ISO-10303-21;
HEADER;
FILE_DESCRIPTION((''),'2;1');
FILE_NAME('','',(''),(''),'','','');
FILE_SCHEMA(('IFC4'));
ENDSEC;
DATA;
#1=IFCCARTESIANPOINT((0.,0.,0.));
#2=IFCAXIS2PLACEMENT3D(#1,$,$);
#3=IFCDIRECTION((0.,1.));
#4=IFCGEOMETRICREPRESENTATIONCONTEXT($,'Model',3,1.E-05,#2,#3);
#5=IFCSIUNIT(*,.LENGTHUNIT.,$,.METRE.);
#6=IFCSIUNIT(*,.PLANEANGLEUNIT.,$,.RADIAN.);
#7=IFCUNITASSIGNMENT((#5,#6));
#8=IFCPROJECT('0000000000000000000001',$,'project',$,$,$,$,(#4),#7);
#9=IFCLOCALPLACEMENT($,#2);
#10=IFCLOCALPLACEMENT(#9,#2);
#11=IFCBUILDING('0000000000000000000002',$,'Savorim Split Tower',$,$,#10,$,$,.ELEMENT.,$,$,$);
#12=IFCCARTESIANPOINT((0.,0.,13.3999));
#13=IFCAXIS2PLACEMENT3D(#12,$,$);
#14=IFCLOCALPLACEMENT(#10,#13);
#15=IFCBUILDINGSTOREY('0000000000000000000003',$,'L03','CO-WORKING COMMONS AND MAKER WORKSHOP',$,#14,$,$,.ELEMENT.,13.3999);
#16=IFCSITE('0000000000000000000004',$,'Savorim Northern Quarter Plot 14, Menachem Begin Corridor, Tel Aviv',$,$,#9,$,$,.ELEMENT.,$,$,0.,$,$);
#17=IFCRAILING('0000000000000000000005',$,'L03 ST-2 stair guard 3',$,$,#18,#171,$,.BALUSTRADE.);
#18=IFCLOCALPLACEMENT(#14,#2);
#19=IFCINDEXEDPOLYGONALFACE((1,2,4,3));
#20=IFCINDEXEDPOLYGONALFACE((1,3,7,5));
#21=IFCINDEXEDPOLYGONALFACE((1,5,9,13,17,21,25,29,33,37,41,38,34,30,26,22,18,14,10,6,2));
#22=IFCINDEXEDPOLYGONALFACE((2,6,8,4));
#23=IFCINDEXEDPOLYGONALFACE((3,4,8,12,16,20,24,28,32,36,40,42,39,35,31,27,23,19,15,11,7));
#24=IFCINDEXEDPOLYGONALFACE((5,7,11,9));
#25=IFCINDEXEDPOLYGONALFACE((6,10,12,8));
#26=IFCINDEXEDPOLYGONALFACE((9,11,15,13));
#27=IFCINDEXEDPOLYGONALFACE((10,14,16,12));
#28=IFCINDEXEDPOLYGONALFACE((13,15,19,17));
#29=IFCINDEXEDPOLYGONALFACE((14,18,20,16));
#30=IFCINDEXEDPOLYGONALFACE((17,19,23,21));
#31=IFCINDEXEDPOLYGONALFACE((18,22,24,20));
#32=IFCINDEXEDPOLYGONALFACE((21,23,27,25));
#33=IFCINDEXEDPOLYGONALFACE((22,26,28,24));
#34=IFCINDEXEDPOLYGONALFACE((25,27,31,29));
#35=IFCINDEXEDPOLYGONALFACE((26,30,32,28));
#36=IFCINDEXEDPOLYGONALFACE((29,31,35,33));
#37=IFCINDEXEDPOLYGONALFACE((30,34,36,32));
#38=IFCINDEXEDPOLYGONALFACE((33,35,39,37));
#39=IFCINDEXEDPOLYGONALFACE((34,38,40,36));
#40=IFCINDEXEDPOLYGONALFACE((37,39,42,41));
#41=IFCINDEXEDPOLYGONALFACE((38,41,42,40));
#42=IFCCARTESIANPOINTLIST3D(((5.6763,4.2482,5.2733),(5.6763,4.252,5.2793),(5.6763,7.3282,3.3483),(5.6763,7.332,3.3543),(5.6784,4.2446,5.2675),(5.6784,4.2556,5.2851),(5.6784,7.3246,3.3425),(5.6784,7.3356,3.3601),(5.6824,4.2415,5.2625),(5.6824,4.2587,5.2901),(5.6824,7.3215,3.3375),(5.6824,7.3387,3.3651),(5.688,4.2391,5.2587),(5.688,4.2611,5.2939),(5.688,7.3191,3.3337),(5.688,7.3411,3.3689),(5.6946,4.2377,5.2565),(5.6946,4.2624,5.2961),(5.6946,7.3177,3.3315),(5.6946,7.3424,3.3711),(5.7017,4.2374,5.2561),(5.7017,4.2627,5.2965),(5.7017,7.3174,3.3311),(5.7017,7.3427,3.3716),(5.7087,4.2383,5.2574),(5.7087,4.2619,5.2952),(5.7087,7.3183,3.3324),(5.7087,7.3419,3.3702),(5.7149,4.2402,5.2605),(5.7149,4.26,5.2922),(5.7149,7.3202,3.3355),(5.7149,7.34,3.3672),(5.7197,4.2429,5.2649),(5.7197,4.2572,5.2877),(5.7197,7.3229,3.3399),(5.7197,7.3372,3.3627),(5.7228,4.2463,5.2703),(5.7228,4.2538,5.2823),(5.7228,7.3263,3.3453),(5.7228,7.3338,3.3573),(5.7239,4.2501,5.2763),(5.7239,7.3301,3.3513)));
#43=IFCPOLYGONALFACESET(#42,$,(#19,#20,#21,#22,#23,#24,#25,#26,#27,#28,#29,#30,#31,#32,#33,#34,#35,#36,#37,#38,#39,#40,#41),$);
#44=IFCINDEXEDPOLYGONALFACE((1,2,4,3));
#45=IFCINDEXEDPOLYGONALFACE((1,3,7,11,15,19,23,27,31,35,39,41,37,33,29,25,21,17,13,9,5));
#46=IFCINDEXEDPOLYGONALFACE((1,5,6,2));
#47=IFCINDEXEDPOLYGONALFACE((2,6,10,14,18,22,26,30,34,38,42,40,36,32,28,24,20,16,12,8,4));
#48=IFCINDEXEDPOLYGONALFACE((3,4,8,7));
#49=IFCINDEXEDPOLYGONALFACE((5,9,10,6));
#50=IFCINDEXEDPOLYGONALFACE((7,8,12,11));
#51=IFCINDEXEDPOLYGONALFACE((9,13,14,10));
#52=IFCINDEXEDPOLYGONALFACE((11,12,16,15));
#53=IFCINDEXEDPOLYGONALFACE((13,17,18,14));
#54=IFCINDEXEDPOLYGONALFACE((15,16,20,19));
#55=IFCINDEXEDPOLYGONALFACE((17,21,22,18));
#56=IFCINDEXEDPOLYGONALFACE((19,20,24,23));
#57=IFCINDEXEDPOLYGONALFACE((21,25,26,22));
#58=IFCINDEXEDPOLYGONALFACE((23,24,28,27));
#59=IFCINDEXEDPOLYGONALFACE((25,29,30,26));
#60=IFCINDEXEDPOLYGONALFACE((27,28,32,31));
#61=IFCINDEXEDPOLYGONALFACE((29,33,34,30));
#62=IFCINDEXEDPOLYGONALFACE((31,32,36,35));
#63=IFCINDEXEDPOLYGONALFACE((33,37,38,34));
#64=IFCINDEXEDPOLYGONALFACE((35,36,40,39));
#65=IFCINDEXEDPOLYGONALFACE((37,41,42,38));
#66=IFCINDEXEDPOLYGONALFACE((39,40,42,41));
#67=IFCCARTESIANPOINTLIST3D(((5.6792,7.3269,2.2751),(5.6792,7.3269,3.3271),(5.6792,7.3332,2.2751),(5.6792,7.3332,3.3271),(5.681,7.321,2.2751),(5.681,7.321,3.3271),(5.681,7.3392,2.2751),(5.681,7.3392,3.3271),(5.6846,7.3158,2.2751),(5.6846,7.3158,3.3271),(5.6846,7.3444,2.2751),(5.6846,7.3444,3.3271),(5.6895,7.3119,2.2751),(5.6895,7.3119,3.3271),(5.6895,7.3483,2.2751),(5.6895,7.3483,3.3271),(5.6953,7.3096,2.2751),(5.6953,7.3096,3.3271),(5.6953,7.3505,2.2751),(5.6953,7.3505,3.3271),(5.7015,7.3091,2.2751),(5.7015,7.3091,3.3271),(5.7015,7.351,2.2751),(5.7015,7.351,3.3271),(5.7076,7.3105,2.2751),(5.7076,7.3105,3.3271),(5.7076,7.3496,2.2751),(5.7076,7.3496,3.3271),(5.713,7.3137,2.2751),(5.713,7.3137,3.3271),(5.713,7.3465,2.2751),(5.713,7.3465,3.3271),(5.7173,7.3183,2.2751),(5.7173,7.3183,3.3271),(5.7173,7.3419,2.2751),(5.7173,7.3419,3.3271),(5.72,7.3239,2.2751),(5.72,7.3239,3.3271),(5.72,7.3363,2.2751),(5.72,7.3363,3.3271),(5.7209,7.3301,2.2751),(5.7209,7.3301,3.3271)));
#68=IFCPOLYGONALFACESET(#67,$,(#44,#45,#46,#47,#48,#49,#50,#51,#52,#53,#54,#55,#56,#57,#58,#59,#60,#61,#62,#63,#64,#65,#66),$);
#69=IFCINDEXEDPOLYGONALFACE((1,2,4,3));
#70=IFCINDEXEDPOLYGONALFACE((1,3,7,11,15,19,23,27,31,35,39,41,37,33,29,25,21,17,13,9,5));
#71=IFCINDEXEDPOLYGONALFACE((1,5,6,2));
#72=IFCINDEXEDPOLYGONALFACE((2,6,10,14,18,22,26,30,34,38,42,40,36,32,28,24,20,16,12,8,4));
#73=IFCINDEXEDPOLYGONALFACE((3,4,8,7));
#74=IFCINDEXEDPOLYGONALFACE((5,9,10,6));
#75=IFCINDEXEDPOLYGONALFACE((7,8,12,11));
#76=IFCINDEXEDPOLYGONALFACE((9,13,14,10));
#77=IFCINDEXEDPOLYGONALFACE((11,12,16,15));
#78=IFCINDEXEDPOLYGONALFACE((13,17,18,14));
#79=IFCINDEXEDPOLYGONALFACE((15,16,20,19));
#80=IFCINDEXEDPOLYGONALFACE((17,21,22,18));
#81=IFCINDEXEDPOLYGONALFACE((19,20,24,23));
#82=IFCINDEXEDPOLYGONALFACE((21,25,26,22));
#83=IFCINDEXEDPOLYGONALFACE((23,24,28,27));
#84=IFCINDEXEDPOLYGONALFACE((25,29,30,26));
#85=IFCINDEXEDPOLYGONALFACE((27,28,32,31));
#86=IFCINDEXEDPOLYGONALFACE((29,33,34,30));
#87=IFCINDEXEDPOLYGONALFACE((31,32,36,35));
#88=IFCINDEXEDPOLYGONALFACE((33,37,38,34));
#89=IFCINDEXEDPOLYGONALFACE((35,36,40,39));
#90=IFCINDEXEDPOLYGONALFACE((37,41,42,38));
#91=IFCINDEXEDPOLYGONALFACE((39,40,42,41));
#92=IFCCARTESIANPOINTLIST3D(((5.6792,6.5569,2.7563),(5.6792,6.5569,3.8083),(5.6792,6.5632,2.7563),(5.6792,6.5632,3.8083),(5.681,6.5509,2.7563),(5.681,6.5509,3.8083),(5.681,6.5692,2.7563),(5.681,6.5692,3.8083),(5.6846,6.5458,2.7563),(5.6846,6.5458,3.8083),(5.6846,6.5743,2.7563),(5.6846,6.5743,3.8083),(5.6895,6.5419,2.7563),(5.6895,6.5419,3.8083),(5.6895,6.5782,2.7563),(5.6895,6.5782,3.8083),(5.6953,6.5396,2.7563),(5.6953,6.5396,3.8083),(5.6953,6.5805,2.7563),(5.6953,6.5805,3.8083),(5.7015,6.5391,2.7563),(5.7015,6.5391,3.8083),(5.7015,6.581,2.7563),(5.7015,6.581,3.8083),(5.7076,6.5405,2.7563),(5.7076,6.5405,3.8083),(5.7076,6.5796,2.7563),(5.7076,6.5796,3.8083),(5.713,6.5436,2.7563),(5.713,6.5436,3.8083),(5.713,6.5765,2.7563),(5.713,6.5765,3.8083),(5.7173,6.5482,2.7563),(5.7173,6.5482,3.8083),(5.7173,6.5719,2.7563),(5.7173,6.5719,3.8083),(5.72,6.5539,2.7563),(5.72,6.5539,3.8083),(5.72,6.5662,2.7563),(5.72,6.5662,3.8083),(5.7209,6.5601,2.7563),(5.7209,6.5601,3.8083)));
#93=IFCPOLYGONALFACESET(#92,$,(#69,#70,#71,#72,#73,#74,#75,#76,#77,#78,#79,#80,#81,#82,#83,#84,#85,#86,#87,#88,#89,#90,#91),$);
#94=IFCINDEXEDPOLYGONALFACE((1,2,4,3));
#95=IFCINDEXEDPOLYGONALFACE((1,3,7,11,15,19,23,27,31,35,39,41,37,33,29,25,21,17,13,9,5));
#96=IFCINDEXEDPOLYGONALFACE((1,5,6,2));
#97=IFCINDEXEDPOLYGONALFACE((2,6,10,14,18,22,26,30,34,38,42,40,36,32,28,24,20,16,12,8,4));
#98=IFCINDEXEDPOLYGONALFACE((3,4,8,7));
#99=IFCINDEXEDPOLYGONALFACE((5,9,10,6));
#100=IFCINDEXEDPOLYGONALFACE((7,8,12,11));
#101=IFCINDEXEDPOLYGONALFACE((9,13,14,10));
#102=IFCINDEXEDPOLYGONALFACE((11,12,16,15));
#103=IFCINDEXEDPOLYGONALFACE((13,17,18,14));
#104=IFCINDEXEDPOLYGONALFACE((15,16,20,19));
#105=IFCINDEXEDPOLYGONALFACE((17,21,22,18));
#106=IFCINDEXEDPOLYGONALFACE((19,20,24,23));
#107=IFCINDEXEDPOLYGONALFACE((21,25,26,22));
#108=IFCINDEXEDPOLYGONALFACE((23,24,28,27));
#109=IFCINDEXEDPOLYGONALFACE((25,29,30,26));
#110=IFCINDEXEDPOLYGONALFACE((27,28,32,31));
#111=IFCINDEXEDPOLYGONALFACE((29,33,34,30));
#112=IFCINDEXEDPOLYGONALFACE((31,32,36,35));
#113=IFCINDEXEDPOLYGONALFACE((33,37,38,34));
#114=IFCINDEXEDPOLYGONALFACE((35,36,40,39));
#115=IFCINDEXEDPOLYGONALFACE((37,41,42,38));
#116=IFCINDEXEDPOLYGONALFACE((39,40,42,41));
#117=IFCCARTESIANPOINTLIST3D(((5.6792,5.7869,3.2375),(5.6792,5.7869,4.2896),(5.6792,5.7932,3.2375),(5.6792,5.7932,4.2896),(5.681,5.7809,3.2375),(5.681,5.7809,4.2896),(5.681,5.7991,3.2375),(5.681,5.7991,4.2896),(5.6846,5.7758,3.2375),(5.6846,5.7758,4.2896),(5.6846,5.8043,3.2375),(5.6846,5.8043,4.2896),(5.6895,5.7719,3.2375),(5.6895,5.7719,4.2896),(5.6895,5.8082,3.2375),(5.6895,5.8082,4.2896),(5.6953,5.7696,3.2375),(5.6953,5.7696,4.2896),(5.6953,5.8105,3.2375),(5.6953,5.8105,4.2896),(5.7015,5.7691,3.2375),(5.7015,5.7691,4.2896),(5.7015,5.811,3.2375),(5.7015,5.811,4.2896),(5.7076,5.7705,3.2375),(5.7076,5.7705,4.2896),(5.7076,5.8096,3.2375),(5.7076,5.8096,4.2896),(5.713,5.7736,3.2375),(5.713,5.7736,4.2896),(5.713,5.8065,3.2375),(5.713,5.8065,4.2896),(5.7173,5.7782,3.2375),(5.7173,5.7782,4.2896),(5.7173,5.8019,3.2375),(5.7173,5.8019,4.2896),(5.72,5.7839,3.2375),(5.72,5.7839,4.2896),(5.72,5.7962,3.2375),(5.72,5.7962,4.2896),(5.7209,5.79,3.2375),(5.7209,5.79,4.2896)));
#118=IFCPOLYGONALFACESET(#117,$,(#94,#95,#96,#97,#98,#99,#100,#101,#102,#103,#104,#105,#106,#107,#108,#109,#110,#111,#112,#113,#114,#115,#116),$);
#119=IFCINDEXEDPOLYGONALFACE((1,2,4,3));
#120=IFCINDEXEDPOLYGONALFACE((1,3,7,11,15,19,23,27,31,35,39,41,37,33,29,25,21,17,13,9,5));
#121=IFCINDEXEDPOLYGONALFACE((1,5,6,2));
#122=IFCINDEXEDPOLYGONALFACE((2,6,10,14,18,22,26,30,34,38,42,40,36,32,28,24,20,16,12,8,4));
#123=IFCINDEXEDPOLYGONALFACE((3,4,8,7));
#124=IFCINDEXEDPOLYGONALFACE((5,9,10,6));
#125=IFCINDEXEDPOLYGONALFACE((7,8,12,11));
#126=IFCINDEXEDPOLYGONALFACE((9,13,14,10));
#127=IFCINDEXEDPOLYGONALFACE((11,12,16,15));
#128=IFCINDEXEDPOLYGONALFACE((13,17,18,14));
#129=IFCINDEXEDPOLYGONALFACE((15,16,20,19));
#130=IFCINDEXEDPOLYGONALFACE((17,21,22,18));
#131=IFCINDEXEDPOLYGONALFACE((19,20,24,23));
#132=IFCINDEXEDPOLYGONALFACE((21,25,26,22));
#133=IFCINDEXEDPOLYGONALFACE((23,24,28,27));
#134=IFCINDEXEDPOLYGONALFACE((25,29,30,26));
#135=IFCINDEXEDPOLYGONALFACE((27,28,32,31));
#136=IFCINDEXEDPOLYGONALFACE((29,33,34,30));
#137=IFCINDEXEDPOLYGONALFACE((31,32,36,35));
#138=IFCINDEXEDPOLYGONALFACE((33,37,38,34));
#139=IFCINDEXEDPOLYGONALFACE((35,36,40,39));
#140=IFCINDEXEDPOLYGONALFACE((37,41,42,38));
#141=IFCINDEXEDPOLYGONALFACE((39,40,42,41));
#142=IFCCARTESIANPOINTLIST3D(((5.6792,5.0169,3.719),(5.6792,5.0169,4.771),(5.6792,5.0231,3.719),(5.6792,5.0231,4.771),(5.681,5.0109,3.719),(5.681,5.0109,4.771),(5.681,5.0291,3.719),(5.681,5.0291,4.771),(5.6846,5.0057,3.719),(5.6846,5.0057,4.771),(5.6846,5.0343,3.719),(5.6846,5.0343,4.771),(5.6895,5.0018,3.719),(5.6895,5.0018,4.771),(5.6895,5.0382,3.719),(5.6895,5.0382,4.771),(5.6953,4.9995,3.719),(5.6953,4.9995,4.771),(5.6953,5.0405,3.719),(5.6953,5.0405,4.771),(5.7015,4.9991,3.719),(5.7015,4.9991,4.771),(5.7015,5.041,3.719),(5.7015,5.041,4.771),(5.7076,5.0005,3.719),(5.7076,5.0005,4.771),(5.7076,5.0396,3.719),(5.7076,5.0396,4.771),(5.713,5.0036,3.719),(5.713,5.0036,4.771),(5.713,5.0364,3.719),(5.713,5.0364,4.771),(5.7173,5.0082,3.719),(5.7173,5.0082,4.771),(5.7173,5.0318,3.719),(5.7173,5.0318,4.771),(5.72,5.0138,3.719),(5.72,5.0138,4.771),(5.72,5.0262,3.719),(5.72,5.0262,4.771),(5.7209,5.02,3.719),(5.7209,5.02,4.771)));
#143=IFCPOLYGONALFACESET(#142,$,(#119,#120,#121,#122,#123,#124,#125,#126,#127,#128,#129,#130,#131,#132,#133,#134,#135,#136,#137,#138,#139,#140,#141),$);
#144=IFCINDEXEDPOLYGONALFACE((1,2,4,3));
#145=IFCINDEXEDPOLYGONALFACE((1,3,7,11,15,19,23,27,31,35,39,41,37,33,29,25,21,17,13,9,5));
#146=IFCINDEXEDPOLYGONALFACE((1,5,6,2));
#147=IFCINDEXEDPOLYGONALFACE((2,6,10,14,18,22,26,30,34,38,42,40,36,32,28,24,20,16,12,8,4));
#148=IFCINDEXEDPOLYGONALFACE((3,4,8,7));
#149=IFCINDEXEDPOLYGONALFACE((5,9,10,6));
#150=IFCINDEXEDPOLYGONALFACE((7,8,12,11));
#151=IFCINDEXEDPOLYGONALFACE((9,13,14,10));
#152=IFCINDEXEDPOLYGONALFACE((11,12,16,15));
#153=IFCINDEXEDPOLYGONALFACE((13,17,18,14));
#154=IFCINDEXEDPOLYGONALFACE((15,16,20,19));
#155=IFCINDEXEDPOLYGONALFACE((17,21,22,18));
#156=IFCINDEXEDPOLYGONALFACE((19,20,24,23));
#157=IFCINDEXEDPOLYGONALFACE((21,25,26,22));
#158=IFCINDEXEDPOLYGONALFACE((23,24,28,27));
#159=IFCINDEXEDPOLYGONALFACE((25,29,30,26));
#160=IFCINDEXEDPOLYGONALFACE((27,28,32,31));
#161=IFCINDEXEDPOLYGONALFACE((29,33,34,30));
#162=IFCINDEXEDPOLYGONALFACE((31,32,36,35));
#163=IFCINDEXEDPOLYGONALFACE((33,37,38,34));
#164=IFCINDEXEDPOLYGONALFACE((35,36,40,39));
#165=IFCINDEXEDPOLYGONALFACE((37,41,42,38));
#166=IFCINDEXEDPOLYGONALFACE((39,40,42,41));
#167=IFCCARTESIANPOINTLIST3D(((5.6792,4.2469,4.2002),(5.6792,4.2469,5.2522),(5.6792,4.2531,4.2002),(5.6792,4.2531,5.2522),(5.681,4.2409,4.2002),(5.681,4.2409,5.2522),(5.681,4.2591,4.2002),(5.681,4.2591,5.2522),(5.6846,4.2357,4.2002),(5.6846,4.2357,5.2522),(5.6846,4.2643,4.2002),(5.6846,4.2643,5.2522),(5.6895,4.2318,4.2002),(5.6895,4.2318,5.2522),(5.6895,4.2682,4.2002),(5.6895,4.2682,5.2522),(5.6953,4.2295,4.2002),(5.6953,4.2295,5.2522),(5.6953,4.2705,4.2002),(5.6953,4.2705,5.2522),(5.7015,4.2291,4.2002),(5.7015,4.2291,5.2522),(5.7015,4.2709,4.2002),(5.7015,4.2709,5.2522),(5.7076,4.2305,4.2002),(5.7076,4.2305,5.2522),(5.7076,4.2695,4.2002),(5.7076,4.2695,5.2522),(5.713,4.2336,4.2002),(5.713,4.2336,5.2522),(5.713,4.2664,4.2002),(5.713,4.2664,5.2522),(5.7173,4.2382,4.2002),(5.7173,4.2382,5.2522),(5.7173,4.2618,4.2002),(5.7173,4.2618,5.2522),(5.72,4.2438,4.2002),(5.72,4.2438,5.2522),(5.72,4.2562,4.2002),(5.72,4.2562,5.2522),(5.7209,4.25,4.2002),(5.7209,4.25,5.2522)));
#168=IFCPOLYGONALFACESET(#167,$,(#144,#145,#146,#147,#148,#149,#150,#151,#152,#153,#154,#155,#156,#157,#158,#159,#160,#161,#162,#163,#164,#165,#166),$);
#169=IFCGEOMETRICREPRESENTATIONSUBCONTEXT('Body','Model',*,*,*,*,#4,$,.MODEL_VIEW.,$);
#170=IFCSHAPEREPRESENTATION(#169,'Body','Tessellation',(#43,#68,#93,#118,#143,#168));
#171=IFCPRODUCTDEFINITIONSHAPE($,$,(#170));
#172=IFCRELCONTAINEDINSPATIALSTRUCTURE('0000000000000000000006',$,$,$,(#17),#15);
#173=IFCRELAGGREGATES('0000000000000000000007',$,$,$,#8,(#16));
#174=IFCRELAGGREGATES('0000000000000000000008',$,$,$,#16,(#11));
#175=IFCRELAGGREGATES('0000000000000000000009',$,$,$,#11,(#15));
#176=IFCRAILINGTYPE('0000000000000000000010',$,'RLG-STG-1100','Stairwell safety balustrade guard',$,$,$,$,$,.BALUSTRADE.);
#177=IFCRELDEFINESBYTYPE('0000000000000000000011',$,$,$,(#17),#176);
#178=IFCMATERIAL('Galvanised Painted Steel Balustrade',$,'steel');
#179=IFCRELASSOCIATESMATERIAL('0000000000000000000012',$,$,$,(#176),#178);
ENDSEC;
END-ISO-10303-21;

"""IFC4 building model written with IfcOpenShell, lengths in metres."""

from ifc_helpers import new_model, si_unit, direction, frame, origin, origin_2d, place, context, subcontext, project, spatial, circle, extrude, material, type_object, element, save


model = new_model("IFC4")

# Units and contexts
model_context = context("Model", 3, precision=1e-05, world=origin(), true_north=direction((0.0, 1.0)))
body_context = subcontext(model_context, "Body", "Model", "MODEL_VIEW")
ifc_project = project(units=[si_unit("LENGTHUNIT", "METRE"), si_unit("PLANEANGLEUNIT", "RADIAN")], contexts=[model_context])

# Site, building, storey
site_placement = place(None, origin())
site = spatial("IfcSite", under=ifc_project, at=site_placement, Name="Savorim Northern Quarter Plot 14, Menachem Begin Corridor, Tel Aviv", CompositionType="ELEMENT", RefElevation=0.0)
building_placement = place(site_placement, origin())
building = spatial("IfcBuilding", under=site, at=building_placement, Name="Savorim Split Tower", CompositionType="ELEMENT")
storey_placement = place(building_placement, frame((0.0, 0.0, 13.3999)))
storey = spatial("IfcBuildingStorey", under=building, at=storey_placement, Name="L03", Description="CO-WORKING COMMONS AND MAKER WORKSHOP", CompositionType="ELEMENT", Elevation=13.3999)

# Railing
ifc_material_1 = material(Name="Galvanised Painted Steel Balustrade", Category="steel")
railing_type_1 = type_object("IfcRailingType", Name="RLG-STG-1100", Description="Stairwell safety balustrade guard", PredefinedType="BALUSTRADE", material=ifc_material_1)
railing_1_placement = place(storey_placement, frame((5.7, 7.3301, 2.2751)))
element("IfcRailing", 1, at=railing_1_placement, inside=storey, type_object=railing_type_1, Name="L03 ST-2 stair guard 3", PredefinedType="BALUSTRADE", context=body_context, shape_type="SweptSolid", body=[
    extrude(circle(Radius=0.0239, at=origin_2d()), frame((0.0, 0.0, 1.0762), z_axis=(0.0, -0.847998, 0.529999), x_axis=(1.0, 0.0, 0.0)), (0.0, 0.0, 1.0), 3.6321),
    extrude(circle(Radius=0.021, at=origin_2d()), origin(), (0.0, 0.0, 1.0), 1.052),
    extrude(circle(Radius=0.021, at=origin_2d()), frame((0.0, -0.77, 0.4812)), (0.0, 0.0, 1.0), 1.052),
    extrude(circle(Radius=0.021, at=origin_2d()), frame((0.0, -1.54, 0.9624)), (0.0, 0.0, 1.0), 1.052),
    extrude(circle(Radius=0.021, at=origin_2d()), frame((0.0, -2.3101, 1.4438)), (0.0, 0.0, 1.0), 1.052),
    extrude(circle(Radius=0.021, at=origin_2d()), frame((0.0, -3.0801, 1.925)), (0.0, 0.0, 1.0), 1.052),
])

save(model, "model.ifc")
